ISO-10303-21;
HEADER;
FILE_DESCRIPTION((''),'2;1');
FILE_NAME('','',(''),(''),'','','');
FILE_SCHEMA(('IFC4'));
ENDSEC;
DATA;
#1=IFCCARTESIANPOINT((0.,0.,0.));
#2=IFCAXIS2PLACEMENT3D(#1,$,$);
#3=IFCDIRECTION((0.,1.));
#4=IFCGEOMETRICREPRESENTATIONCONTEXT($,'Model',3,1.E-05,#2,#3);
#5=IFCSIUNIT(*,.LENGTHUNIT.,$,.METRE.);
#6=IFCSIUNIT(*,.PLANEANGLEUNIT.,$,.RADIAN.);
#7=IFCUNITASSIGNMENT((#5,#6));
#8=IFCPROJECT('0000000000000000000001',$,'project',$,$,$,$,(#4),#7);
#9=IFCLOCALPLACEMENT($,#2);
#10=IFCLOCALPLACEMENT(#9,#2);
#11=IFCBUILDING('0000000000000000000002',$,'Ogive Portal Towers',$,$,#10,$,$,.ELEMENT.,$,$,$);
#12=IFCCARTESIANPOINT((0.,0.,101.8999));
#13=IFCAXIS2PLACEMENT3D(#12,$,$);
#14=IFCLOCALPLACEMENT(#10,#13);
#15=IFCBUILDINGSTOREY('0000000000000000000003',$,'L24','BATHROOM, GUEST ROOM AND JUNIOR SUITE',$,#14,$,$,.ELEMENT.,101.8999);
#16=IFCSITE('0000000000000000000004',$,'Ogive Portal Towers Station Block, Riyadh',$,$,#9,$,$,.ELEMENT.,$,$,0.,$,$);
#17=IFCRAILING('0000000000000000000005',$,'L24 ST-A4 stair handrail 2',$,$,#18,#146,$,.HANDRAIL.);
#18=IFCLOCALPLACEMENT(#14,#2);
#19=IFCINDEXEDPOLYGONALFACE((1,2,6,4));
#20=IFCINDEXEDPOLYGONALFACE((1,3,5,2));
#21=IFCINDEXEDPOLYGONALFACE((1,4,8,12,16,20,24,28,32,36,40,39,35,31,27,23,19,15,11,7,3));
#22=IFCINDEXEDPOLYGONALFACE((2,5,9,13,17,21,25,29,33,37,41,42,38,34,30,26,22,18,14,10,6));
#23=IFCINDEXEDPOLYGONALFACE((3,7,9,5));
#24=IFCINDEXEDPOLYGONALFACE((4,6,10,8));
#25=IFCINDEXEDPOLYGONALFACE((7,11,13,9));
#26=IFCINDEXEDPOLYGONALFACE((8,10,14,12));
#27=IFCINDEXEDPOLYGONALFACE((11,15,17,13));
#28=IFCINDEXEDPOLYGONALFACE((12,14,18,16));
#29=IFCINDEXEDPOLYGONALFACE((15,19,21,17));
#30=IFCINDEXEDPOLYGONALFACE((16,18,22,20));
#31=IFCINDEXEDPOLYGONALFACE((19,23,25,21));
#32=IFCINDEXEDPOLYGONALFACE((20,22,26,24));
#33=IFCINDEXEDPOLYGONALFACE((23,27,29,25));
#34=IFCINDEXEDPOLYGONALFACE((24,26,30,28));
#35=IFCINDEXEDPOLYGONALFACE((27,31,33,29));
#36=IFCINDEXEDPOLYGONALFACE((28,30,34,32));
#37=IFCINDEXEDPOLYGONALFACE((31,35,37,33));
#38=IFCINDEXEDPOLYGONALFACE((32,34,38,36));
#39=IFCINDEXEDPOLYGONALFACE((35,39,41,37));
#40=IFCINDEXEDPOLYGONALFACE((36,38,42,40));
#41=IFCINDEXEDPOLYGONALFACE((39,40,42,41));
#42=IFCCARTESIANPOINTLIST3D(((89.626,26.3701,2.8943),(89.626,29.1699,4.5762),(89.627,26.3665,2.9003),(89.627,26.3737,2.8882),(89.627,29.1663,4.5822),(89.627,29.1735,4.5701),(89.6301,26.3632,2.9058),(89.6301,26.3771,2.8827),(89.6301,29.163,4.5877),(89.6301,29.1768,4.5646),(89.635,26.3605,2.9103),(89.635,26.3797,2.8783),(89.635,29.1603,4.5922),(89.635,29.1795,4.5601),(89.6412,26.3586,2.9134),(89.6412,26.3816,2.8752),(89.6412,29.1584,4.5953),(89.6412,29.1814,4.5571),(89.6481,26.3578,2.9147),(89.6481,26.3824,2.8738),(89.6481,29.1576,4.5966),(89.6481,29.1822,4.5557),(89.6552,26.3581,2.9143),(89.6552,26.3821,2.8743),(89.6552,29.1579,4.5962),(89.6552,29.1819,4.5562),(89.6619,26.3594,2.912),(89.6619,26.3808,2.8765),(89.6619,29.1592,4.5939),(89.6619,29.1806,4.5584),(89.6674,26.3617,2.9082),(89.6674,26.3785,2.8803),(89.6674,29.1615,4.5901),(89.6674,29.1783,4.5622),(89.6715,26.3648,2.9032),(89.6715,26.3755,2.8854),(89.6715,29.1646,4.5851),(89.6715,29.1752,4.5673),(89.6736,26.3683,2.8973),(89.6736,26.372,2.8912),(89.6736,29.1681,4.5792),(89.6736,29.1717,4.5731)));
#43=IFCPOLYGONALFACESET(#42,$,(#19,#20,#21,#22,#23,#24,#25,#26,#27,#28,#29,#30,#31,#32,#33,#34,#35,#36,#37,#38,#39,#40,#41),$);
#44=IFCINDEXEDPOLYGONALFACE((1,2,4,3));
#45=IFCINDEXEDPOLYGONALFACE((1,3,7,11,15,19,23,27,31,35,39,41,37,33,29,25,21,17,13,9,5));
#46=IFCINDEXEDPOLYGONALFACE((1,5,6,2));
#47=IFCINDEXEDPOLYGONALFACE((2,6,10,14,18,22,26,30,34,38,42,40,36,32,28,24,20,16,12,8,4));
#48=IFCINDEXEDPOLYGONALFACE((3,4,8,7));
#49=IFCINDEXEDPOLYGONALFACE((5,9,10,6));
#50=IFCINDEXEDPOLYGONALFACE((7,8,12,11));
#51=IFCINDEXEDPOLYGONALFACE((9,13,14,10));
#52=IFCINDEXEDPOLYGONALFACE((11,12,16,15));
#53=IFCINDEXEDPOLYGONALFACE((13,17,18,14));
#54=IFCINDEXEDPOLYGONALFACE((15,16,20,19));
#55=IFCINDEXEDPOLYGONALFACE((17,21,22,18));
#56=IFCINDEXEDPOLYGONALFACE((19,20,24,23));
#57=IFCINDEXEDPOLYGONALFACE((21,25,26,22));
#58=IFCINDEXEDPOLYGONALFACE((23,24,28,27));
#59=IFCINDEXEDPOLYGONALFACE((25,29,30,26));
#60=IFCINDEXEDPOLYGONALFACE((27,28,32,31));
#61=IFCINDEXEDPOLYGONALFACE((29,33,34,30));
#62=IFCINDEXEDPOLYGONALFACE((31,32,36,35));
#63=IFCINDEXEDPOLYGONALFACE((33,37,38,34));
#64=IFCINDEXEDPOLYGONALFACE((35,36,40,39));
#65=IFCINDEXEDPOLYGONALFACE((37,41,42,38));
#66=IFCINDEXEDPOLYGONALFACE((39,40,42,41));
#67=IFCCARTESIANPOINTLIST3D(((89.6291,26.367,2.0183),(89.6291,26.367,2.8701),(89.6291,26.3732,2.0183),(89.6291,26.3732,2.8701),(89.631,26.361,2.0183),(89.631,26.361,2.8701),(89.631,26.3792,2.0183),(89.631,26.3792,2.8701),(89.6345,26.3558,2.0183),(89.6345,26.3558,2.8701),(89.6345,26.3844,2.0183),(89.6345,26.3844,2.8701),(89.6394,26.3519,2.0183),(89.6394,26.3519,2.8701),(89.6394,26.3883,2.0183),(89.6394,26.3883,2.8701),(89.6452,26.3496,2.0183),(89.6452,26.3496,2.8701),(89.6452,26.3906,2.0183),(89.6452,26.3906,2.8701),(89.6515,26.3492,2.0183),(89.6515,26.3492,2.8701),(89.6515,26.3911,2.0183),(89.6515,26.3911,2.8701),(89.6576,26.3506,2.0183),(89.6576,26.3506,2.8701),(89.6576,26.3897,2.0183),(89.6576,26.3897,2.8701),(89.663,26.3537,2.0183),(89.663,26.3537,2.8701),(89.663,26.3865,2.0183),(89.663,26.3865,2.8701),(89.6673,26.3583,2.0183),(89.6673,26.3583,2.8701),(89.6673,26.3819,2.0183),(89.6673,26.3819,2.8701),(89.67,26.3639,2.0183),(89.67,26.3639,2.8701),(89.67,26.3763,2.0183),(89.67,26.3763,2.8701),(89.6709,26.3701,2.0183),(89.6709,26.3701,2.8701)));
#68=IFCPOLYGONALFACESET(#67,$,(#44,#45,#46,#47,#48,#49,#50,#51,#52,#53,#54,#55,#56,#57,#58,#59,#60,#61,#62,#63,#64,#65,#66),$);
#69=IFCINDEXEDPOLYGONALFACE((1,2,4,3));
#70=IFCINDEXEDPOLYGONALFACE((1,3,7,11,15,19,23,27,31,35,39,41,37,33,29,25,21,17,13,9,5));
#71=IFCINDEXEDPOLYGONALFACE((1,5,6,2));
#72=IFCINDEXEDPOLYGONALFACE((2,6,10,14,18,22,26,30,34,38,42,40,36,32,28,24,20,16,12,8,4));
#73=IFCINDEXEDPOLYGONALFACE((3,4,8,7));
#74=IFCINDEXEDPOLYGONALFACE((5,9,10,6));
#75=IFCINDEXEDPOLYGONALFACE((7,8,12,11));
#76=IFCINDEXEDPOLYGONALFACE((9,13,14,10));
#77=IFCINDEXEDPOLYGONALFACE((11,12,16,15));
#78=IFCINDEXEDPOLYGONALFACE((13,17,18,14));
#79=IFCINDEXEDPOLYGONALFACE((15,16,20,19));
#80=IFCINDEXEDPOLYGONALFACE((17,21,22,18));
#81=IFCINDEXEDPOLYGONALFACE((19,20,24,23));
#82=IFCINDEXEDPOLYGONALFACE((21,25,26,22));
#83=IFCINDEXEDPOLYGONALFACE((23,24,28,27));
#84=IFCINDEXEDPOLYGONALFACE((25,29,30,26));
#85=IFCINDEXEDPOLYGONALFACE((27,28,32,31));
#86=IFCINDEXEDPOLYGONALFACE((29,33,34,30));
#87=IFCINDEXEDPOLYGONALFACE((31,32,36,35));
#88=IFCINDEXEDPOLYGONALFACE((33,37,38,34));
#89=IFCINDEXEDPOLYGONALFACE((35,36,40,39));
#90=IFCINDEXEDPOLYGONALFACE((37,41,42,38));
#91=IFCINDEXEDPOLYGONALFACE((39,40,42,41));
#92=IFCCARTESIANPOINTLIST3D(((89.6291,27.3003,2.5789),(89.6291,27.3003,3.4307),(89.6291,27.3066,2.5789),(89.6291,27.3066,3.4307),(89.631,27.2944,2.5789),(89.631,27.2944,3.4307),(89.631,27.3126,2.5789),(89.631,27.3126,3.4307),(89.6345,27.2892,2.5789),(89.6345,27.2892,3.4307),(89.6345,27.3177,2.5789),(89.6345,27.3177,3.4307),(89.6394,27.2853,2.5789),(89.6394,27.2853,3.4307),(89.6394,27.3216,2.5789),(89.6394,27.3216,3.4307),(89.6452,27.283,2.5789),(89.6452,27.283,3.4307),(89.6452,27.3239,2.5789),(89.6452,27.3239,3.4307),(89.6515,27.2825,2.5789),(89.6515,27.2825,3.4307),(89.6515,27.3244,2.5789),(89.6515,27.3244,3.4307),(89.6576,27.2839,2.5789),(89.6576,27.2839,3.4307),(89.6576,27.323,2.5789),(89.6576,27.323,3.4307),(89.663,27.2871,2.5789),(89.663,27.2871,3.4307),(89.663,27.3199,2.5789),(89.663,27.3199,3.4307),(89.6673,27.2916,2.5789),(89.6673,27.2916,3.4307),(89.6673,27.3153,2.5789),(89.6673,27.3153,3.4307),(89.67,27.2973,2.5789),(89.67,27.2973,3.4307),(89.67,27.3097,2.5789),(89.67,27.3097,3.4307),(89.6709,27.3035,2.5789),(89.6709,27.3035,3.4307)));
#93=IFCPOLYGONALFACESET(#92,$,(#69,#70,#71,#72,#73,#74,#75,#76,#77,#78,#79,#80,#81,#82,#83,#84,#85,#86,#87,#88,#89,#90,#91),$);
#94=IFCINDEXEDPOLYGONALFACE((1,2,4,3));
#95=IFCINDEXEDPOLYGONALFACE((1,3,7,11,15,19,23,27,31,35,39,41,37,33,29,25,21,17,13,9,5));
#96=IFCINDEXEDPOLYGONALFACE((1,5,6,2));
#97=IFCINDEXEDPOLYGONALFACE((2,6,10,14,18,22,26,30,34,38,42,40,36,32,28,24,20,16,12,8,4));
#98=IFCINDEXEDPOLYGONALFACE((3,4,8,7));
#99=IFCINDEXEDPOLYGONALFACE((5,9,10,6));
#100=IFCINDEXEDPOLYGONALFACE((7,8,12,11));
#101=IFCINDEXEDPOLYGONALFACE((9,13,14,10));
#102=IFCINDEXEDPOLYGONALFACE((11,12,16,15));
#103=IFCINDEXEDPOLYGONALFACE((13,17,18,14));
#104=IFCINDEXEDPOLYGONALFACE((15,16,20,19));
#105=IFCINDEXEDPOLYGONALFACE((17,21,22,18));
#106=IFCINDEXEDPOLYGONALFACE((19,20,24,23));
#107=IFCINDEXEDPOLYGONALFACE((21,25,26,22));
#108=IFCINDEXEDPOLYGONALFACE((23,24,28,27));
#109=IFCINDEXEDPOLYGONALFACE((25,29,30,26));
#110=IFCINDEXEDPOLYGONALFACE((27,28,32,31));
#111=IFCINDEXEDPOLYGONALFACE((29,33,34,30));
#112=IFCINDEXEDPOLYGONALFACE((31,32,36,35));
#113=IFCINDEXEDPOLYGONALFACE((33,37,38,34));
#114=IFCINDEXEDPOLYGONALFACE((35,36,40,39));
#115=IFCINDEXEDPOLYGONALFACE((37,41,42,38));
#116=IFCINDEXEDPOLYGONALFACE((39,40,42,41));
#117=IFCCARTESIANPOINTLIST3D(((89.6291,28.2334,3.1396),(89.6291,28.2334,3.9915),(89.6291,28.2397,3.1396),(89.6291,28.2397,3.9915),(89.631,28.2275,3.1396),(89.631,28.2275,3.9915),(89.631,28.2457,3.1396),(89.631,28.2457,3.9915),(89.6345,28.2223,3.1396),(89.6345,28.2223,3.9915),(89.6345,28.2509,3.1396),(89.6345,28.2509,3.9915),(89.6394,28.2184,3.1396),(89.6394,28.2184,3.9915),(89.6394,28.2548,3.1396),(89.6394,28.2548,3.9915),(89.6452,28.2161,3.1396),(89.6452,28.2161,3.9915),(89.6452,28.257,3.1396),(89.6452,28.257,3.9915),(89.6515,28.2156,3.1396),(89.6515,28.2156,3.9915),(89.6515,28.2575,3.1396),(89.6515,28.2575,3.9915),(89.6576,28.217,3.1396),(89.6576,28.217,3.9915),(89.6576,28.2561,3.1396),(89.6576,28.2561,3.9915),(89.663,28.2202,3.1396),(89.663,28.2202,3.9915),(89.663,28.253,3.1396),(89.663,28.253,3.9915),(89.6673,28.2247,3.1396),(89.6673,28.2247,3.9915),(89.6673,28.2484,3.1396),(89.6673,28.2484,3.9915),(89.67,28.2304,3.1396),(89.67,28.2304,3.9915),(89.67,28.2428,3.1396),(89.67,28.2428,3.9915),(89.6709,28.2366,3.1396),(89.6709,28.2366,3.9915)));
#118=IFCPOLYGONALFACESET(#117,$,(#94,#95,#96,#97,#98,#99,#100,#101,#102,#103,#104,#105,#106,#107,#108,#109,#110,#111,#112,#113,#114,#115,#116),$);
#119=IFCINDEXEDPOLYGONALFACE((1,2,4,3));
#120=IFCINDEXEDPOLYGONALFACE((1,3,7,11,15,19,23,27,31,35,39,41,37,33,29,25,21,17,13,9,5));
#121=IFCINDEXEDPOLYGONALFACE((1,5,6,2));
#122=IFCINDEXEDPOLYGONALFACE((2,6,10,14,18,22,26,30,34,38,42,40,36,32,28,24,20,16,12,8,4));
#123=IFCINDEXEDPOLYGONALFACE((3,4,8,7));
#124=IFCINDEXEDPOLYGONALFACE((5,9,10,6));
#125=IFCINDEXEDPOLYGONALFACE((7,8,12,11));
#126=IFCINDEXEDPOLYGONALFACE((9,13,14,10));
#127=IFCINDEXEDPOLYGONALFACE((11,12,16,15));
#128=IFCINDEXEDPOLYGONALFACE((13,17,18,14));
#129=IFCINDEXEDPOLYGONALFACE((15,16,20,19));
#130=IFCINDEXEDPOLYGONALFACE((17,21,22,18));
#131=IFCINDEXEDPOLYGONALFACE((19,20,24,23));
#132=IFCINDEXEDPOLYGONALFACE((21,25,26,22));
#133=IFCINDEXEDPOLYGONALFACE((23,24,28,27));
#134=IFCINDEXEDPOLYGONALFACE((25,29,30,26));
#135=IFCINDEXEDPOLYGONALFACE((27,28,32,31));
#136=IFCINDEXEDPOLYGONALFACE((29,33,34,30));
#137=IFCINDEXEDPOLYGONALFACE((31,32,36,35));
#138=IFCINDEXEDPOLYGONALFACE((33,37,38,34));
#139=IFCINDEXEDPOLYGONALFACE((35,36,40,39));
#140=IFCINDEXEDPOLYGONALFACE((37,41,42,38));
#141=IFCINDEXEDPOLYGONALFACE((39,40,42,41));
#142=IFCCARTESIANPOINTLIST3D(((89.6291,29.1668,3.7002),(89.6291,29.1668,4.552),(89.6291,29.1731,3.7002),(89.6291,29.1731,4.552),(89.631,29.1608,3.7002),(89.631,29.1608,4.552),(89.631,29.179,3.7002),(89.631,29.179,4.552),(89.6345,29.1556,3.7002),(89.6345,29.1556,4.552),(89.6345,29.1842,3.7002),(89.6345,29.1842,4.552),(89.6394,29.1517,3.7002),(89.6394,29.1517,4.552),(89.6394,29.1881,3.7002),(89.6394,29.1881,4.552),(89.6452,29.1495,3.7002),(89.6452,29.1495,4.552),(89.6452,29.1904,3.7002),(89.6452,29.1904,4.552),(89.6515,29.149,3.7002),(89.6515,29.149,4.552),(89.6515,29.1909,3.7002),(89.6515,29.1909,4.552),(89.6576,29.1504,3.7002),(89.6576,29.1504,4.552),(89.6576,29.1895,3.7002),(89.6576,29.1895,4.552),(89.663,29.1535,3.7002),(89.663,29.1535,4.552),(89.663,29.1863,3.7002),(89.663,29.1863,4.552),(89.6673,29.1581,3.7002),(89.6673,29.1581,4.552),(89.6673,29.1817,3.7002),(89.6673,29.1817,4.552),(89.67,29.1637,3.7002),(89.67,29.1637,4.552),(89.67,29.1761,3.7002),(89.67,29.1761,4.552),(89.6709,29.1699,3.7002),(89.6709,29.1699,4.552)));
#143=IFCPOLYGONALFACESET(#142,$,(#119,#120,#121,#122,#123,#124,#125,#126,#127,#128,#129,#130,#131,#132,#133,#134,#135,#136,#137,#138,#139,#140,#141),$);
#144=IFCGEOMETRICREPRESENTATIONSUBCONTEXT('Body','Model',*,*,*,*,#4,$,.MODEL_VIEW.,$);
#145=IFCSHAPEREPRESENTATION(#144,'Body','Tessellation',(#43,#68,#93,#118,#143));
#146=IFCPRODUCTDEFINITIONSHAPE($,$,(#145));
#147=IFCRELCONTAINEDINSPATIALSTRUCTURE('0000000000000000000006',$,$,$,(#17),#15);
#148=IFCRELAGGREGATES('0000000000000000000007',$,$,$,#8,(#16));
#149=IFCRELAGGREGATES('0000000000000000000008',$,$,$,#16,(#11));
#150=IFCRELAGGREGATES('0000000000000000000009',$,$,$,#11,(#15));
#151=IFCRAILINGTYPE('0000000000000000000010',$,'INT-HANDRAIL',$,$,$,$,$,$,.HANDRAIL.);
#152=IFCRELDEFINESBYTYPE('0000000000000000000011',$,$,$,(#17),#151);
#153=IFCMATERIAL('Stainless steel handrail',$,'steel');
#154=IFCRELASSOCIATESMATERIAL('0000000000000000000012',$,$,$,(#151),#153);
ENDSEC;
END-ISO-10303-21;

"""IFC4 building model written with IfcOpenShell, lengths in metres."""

from ifc_helpers import new_model, si_unit, direction, frame, origin, origin_2d, place, context, subcontext, project, spatial, circle, extrude, material, type_object, element, save


model = new_model("IFC4")

# Units and contexts
model_context = context("Model", 3, precision=1e-05, world=origin(), true_north=direction((0.0, 1.0)))
body_context = subcontext(model_context, "Body", "Model", "MODEL_VIEW")
ifc_project = project(units=[si_unit("LENGTHUNIT", "METRE"), si_unit("PLANEANGLEUNIT", "RADIAN")], contexts=[model_context])

# Site, building, storey
site_placement = place(None, origin())
site = spatial("IfcSite", under=ifc_project, at=site_placement, Name="Ogive Portal Towers Station Block, Riyadh", CompositionType="ELEMENT", RefElevation=0.0)
building_placement = place(site_placement, origin())
building = spatial("IfcBuilding", under=site, at=building_placement, Name="Ogive Portal Towers", CompositionType="ELEMENT")
storey_placement = place(building_placement, frame((0.0, 0.0, 101.8999)))
storey = spatial("IfcBuildingStorey", under=building, at=storey_placement, Name="L24", Description="BATHROOM, GUEST ROOM AND JUNIOR SUITE", CompositionType="ELEMENT", Elevation=101.8999)

# Railing
ifc_material_1 = material(Name="Stainless steel handrail", Category="steel")
railing_type_1 = type_object("IfcRailingType", Name="INT-HANDRAIL", PredefinedType="HANDRAIL", material=ifc_material_1)
railing_1_placement = place(storey_placement, frame((89.6499, 26.3701, 2.0183)))
element("IfcRailing", 1, at=railing_1_placement, inside=storey, type_object=railing_type_1, Name="L24 ST-A4 stair handrail 2", PredefinedType="HANDRAIL", context=body_context, shape_type="SweptSolid", body=[
    extrude(circle(Radius=0.0239, at=origin_2d()), frame((0.0, 0.0, 0.876), z_axis=(0.0, 0.857222, 0.514946), x_axis=(-1.0, 0.0, 0.0)), (0.0, 0.0, 1.0), 3.2661),
    extrude(circle(Radius=0.021, at=origin_2d()), origin(), (0.0, 0.0, 1.0), 0.8518),
    extrude(circle(Radius=0.021, at=origin_2d()), frame((0.0, 0.9333, 0.5605)), (0.0, 0.0, 1.0), 0.8518),
    extrude(circle(Radius=0.021, at=origin_2d()), frame((0.0, 1.8665, 1.1213)), (0.0, 0.0, 1.0), 0.8518),
    extrude(circle(Radius=0.021, at=origin_2d()), frame((0.0, 2.7998, 1.6819)), (0.0, 0.0, 1.0), 0.8518),
])

save(model, "model.ifc")
